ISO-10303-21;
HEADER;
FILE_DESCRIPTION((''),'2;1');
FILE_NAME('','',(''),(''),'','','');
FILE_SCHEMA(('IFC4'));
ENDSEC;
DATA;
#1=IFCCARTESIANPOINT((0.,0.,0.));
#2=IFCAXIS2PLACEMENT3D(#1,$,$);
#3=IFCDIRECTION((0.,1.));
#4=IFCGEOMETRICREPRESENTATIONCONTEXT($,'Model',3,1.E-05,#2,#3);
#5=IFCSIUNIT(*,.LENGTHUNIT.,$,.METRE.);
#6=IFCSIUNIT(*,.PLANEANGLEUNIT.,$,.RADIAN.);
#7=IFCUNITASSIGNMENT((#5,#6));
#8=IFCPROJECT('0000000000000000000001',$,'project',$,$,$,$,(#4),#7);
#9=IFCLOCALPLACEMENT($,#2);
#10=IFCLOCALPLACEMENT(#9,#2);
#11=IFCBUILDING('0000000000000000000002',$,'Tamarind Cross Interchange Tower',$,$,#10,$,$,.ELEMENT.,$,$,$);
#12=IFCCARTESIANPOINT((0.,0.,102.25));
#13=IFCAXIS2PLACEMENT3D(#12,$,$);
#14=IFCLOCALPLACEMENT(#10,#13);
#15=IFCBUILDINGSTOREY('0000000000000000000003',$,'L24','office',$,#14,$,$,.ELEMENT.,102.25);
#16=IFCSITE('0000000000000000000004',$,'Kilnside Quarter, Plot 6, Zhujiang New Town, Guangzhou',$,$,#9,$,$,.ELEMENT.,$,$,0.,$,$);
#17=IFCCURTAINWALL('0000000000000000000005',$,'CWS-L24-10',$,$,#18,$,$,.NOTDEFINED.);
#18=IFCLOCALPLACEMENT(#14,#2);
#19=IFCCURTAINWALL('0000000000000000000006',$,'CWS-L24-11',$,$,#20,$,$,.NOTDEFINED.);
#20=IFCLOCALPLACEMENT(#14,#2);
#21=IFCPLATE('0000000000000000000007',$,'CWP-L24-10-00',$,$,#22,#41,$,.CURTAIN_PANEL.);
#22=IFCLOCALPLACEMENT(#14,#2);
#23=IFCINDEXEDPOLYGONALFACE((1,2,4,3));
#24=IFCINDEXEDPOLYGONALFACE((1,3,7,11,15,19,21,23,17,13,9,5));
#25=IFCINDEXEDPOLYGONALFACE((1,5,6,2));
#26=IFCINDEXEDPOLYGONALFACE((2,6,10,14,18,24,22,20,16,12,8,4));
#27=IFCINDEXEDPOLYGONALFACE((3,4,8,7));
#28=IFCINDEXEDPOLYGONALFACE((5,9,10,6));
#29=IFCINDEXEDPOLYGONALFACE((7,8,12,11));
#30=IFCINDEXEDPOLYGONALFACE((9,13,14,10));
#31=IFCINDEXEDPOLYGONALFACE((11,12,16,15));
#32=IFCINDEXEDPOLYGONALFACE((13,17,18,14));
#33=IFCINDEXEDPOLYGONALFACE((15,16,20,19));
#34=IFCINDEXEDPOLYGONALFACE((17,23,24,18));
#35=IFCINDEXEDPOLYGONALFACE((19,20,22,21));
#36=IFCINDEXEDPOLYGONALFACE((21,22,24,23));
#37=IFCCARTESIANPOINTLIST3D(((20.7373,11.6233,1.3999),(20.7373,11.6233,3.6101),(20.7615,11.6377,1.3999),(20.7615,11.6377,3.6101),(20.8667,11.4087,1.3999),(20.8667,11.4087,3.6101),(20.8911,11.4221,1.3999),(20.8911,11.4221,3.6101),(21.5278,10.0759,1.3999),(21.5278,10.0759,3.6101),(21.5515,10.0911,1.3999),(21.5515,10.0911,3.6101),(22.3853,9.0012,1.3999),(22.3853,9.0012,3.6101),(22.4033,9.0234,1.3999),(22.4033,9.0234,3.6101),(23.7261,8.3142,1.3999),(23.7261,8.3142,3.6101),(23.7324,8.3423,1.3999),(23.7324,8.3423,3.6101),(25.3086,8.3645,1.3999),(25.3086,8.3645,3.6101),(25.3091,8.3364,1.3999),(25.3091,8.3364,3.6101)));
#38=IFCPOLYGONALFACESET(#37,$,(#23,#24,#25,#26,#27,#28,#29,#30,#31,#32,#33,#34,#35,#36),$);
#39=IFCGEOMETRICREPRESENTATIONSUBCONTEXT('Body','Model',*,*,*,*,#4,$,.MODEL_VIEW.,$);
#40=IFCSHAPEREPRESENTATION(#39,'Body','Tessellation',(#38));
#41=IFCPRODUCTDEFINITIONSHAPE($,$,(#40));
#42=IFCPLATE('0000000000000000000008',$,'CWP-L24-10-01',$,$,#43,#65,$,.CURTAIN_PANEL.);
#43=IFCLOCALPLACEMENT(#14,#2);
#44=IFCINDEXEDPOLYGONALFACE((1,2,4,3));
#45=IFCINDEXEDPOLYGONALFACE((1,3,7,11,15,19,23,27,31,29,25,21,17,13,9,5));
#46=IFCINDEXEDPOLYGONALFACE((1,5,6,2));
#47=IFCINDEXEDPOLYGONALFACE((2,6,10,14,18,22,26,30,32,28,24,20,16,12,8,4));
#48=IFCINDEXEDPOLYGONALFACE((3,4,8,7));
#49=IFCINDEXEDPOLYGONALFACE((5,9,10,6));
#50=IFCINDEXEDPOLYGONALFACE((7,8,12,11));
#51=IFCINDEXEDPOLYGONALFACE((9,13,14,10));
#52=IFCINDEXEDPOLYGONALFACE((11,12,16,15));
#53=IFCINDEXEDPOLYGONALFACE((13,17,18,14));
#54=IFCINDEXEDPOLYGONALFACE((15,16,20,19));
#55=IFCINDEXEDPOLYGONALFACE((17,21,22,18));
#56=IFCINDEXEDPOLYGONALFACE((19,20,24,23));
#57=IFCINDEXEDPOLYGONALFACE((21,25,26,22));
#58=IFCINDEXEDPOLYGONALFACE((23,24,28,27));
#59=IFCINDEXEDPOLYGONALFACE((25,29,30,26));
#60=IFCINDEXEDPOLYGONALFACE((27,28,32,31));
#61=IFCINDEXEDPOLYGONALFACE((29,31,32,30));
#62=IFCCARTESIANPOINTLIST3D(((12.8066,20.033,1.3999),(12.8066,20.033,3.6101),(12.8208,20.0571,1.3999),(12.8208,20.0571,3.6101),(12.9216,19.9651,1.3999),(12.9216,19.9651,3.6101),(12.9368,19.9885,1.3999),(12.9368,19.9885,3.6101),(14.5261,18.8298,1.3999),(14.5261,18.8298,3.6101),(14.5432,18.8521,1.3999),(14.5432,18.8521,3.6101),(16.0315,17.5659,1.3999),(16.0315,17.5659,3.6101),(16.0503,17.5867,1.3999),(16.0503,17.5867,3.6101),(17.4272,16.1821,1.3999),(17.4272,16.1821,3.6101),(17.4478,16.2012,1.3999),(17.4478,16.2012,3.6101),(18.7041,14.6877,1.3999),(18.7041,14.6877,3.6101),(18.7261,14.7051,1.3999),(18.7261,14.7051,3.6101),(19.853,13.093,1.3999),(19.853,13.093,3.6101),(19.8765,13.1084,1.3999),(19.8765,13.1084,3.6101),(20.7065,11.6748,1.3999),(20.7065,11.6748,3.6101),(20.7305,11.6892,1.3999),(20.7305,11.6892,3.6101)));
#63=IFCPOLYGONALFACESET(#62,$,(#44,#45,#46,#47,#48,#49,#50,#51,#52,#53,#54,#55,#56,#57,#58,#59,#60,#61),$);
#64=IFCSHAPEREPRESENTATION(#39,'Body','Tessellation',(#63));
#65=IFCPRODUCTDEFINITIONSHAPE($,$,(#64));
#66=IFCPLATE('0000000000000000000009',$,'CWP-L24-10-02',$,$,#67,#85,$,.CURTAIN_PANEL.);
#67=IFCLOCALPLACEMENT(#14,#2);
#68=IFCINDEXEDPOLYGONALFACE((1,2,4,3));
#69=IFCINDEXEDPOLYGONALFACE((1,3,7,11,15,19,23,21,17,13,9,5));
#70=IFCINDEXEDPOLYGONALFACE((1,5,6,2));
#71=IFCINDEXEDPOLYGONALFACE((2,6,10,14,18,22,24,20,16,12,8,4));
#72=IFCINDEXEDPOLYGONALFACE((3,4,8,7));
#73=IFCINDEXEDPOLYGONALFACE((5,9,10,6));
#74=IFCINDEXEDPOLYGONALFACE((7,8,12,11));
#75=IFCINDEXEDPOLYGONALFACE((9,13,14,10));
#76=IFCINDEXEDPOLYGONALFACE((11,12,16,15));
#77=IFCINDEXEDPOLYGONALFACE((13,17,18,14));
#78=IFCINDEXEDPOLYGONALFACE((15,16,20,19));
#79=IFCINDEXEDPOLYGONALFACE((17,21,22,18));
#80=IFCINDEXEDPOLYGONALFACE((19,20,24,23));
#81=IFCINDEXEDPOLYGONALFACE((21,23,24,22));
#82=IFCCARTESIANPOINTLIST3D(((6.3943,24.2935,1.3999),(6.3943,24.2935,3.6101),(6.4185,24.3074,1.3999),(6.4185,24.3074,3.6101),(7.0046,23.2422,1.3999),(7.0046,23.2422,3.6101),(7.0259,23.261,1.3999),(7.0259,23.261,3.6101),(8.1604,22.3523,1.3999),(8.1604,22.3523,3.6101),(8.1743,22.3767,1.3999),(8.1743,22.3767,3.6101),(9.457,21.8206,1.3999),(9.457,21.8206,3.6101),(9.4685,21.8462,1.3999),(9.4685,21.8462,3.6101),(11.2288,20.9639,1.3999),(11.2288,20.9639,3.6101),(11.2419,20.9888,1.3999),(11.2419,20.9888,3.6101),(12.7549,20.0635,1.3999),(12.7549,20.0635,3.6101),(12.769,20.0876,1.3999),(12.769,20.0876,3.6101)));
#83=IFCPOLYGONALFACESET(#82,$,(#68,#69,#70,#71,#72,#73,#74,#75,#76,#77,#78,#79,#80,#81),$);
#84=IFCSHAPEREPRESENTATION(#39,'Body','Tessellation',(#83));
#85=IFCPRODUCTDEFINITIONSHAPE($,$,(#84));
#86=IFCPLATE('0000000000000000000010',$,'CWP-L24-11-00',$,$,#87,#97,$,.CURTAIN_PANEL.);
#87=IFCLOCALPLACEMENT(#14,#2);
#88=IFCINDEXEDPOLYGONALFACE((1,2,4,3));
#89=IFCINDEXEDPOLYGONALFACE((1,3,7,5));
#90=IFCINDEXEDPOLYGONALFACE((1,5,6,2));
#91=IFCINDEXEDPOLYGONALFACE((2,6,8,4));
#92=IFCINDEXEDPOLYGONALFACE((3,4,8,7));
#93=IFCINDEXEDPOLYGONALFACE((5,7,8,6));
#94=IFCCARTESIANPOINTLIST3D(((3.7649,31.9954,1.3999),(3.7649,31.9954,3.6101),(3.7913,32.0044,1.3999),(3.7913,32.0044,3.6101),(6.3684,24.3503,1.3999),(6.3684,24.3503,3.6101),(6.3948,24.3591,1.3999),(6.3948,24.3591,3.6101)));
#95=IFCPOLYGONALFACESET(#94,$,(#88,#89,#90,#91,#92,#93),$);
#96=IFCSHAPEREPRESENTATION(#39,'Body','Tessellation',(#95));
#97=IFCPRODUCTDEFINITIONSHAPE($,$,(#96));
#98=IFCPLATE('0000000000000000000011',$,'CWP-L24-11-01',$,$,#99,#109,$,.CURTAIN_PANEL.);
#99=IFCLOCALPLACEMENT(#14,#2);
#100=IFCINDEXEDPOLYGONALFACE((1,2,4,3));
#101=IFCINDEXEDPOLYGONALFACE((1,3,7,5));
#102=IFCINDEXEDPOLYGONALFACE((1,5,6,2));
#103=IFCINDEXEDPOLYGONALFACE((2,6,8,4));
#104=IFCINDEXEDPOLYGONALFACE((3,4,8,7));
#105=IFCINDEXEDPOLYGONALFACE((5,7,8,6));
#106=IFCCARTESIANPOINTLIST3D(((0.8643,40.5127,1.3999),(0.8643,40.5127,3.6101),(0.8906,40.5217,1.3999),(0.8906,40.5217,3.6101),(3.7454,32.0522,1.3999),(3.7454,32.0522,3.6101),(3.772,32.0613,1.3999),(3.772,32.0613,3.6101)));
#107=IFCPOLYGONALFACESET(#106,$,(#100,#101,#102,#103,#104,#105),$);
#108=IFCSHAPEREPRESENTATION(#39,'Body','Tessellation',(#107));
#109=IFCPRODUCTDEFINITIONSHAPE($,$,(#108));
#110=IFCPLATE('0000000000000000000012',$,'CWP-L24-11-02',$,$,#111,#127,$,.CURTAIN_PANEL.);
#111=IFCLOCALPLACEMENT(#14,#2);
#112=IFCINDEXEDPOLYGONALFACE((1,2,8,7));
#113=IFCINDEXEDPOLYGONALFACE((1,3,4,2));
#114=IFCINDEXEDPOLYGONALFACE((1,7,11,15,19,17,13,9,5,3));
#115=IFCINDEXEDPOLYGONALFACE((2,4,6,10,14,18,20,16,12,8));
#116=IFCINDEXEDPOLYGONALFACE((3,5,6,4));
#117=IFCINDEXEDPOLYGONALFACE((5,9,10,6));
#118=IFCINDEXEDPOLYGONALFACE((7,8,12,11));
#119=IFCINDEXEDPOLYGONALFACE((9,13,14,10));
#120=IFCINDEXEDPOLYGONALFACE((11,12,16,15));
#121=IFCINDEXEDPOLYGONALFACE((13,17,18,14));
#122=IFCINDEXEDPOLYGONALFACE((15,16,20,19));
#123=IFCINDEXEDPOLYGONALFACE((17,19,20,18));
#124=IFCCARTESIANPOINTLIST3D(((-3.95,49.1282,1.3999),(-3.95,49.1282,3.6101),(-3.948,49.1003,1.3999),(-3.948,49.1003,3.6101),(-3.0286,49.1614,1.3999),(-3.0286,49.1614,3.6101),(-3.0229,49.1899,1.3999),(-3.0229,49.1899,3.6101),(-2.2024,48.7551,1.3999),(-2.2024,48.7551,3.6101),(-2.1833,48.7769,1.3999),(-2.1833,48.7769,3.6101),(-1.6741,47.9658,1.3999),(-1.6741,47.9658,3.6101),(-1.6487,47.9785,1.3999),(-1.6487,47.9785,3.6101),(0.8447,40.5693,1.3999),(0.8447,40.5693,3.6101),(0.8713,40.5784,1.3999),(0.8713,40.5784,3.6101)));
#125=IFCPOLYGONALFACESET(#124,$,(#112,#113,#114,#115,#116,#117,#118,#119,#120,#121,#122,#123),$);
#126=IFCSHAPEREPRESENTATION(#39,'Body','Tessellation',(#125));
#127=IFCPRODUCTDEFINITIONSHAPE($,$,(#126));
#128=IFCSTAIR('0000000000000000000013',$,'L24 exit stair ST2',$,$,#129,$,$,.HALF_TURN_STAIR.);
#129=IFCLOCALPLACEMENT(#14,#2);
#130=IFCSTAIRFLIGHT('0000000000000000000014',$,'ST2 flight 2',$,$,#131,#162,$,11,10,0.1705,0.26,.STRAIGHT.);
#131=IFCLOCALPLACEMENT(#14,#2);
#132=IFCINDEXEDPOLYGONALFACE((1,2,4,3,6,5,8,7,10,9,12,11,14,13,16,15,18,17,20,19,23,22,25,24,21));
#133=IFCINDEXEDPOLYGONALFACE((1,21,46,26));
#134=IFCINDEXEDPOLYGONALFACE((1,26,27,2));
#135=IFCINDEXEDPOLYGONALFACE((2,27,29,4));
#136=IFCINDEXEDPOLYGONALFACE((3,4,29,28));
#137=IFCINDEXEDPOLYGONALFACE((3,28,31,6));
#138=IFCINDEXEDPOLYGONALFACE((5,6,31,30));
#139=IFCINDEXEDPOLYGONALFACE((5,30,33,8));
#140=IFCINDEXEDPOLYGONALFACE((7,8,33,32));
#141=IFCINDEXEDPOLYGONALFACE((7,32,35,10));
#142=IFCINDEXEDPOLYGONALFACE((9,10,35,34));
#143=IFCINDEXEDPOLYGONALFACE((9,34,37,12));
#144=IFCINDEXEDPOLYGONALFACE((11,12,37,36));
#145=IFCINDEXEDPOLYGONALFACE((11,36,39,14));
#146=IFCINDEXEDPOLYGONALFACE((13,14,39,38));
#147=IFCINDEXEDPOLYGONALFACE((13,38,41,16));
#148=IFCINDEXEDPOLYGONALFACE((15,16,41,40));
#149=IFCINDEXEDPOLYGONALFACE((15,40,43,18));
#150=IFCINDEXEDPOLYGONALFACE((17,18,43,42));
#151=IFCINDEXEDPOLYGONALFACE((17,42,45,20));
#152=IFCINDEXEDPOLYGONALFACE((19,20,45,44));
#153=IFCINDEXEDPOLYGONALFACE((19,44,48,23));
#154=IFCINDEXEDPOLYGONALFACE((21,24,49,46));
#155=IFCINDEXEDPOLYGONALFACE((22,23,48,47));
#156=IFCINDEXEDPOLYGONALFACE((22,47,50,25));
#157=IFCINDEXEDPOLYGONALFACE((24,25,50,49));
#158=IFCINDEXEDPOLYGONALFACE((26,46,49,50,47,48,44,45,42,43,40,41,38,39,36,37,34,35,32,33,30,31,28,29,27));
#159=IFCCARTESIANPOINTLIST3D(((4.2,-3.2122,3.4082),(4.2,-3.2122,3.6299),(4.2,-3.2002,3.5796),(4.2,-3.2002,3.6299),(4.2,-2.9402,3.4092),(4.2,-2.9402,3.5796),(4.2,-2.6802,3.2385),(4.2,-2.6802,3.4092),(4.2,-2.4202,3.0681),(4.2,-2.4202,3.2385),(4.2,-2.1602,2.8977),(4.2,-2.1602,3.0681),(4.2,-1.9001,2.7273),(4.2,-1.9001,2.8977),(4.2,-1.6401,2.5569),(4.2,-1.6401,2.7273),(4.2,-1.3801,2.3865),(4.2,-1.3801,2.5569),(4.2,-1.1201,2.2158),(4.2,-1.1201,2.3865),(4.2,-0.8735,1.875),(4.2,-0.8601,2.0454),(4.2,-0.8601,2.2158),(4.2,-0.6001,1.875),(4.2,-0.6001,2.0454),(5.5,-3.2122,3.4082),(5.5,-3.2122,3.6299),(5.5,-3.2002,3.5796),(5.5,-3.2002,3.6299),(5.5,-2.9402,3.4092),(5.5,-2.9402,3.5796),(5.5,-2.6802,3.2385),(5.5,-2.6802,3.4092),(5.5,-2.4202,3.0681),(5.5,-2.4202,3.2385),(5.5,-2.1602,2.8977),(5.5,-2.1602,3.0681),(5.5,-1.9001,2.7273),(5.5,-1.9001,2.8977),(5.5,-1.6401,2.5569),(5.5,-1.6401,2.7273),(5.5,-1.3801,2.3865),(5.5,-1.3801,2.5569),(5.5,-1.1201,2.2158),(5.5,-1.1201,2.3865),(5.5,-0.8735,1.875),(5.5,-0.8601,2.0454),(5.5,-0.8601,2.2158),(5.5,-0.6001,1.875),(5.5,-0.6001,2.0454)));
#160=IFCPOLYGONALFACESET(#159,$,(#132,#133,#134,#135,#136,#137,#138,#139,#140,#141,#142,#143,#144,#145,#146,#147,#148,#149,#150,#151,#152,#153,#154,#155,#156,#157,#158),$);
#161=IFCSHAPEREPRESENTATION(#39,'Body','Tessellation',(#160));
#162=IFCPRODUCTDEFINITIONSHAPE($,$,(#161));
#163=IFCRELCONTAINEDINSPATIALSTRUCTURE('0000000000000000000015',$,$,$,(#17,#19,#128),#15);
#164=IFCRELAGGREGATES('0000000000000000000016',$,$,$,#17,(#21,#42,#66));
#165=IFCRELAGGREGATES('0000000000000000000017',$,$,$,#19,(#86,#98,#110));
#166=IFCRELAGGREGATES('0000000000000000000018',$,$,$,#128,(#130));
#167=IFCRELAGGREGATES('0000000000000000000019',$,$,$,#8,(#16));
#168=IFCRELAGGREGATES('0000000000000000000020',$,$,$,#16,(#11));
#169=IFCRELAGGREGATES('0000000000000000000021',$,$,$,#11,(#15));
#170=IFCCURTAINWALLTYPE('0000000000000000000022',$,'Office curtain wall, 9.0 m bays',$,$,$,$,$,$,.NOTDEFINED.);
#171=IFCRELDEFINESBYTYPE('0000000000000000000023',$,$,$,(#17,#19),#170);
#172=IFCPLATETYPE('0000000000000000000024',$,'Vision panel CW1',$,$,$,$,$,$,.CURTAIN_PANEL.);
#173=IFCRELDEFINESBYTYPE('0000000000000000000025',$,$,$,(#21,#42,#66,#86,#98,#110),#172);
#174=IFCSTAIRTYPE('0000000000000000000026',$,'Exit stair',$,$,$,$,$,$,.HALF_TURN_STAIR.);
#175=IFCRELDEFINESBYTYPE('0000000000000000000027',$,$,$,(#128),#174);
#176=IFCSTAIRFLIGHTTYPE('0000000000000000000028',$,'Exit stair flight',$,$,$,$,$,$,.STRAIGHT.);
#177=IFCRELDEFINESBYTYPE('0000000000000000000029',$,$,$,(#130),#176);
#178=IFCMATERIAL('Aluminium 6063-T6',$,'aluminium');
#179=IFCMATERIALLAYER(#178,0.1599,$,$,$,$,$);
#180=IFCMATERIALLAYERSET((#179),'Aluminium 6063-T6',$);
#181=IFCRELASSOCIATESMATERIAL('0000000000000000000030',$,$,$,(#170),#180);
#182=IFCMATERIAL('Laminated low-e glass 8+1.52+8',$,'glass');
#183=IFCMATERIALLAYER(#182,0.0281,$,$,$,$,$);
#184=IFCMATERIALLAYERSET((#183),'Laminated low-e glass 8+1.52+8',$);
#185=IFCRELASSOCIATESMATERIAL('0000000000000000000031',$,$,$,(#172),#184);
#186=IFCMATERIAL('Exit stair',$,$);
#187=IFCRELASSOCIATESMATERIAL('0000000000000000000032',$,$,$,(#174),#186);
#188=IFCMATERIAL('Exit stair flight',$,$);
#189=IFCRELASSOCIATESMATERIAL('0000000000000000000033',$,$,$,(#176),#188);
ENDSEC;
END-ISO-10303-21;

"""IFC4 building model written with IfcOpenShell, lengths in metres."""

from ifc_helpers import new_model, si_unit, direction, frame, origin, place, context, subcontext, project, spatial, polyline, outline, extrude, material, layer, layer_set, type_object, element, aggregate, save


model = new_model("IFC4")

# Units and contexts
model_context = context("Model", 3, precision=1e-05, world=origin(), true_north=direction((0.0, 1.0)))
body_context = subcontext(model_context, "Body", "Model", "MODEL_VIEW")
ifc_project = project(units=[si_unit("LENGTHUNIT", "METRE"), si_unit("PLANEANGLEUNIT", "RADIAN")], contexts=[model_context])

# Site, building, storey
site_placement = place(None, origin())
site = spatial("IfcSite", under=ifc_project, at=site_placement, Name="Kilnside Quarter, Plot 6, Zhujiang New Town, Guangzhou", CompositionType="ELEMENT", RefElevation=0.0)
building_placement = place(site_placement, origin())
building = spatial("IfcBuilding", under=site, at=building_placement, Name="Tamarind Cross Interchange Tower", CompositionType="ELEMENT")
storey_placement = place(building_placement, frame((0.0, 0.0, 102.25)))
storey = spatial("IfcBuildingStorey", under=building, at=storey_placement, Name="L24", Description="office", CompositionType="ELEMENT", Elevation=102.25)

# Curtain walls
ifc_material_1 = material(Name="Aluminium 6063-T6", Category="aluminium")
ifc_layer_1 = layer(ifc_material_1, 0.1599)
ifc_layer_set_1 = layer_set([ifc_layer_1], Name="Aluminium 6063-T6")
curtain_wall_type = type_object("IfcCurtainWallType", Name="Office curtain wall, 9.0 m bays", PredefinedType="NOTDEFINED", material=ifc_layer_set_1)
curtain_wall_1_placement = place(storey_placement, origin())
curtain_wall_1 = element("IfcCurtainWall", 1, at=curtain_wall_1_placement, inside=storey, type_object=curtain_wall_type, Name="CWS-L24-10", PredefinedType="NOTDEFINED")
curtain_wall_2_placement = place(storey_placement, origin())
curtain_wall_2 = element("IfcCurtainWall", 2, at=curtain_wall_2_placement, inside=storey, type_object=curtain_wall_type, Name="CWS-L24-11", PredefinedType="NOTDEFINED")

# Plates
ifc_material_2 = material(Name="Laminated low-e glass 8+1.52+8", Category="glass")
ifc_layer_2 = layer(ifc_material_2, 0.0281)
ifc_layer_set_2 = layer_set([ifc_layer_2], Name="Laminated low-e glass 8+1.52+8")
plate_type = type_object("IfcPlateType", Name="Vision panel CW1", PredefinedType="CURTAIN_PANEL", material=ifc_layer_set_2)
plate_1_placement = place(storey_placement, frame((0.0, 0.0, 1.3999)))
plate_1 = element("IfcPlate", 3, at=plate_1_placement, type_object=plate_type, Name="CWP-L24-10-00", PredefinedType="CURTAIN_PANEL", context=body_context, shape_type="SweptSolid", body=[
    extrude(outline(polyline([(25.3091, 8.3364), (23.7261, 8.3142), (22.3853, 9.0012), (21.5278, 10.0759), (20.8667, 11.4087), (20.7373, 11.6233), (20.7615, 11.6377), (20.8911, 11.4221), (21.5515, 10.0911), (22.4033, 9.0234), (23.7324, 8.3423), (25.3086, 8.3645), (25.3091, 8.3364)])), origin(), (0.0, 0.0, 1.0), 2.2102),
])
plate_2_placement = place(storey_placement, frame((0.0, 0.0, 1.3999)))
plate_2 = element("IfcPlate", 4, at=plate_2_placement, type_object=plate_type, Name="CWP-L24-10-01", PredefinedType="CURTAIN_PANEL", context=body_context, shape_type="SweptSolid", body=[
    extrude(outline(polyline([(20.7065, 11.6748), (19.853, 13.093), (18.7041, 14.6877), (17.4272, 16.1821), (16.0315, 17.5659), (14.5261, 18.8298), (12.9216, 19.9651), (12.8066, 20.033), (12.8208, 20.0571), (12.9368, 19.9885), (14.5432, 18.8521), (16.0503, 17.5867), (17.4478, 16.2012), (18.7261, 14.7051), (19.8765, 13.1084), (20.7305, 11.6892), (20.7065, 11.6748)])), origin(), (0.0, 0.0, 1.0), 2.2102),
])
plate_3_placement = place(storey_placement, frame((0.0, 0.0, 1.3999)))
plate_3 = element("IfcPlate", 5, at=plate_3_placement, type_object=plate_type, Name="CWP-L24-10-02", PredefinedType="CURTAIN_PANEL", context=body_context, shape_type="SweptSolid", body=[
    extrude(outline(polyline([(12.7549, 20.0635), (11.2288, 20.9639), (9.457, 21.8206), (8.1604, 22.3523), (7.0046, 23.2422), (6.3943, 24.2935), (6.4185, 24.3074), (7.0259, 23.261), (8.1743, 22.3767), (9.4685, 21.8462), (11.2419, 20.9888), (12.769, 20.0876), (12.7549, 20.0635)])), origin(), (0.0, 0.0, 1.0), 2.2102),
])
aggregate(curtain_wall_1, [plate_1, plate_2, plate_3])
plate_4_placement = place(storey_placement, frame((0.0, 0.0, 1.3999)))
plate_4 = element("IfcPlate", 6, at=plate_4_placement, type_object=plate_type, Name="CWP-L24-11-00", PredefinedType="CURTAIN_PANEL", context=body_context, shape_type="SweptSolid", body=[
    extrude(outline(polyline([(6.3684, 24.3503), (3.7649, 31.9954), (3.7913, 32.0044), (6.3948, 24.3591), (6.3684, 24.3503)])), origin(), (0.0, 0.0, 1.0), 2.2102),
])
plate_5_placement = place(storey_placement, frame((0.0, 0.0, 1.3999)))
plate_5 = element("IfcPlate", 7, at=plate_5_placement, type_object=plate_type, Name="CWP-L24-11-01", PredefinedType="CURTAIN_PANEL", context=body_context, shape_type="SweptSolid", body=[
    extrude(outline(polyline([(3.7454, 32.0522), (0.8643, 40.5127), (0.8906, 40.5217), (3.772, 32.0613), (3.7454, 32.0522)])), origin(), (0.0, 0.0, 1.0), 2.2102),
])
plate_6_placement = place(storey_placement, frame((0.0, 0.0, 1.3999)))
plate_6 = element("IfcPlate", 8, at=plate_6_placement, type_object=plate_type, Name="CWP-L24-11-02", PredefinedType="CURTAIN_PANEL", context=body_context, shape_type="SweptSolid", body=[
    extrude(outline(polyline([(0.8447, 40.5693), (-1.6741, 47.9658), (-2.2024, 48.7551), (-3.0286, 49.1614), (-3.948, 49.1003), (-3.95, 49.1282), (-3.0229, 49.1899), (-2.1833, 48.7769), (-1.6487, 47.9785), (0.8713, 40.5784), (0.8447, 40.5693)])), origin(), (0.0, 0.0, 1.0), 2.2102),
])
aggregate(curtain_wall_2, [plate_4, plate_5, plate_6])

# Stair, stair flight
ifc_material_3 = material(Name="Exit stair")
stair_type = type_object("IfcStairType", Name="Exit stair", PredefinedType="HALF_TURN_STAIR", material=ifc_material_3)
stair_placement = place(storey_placement, origin())
stair = element("IfcStair", 9, at=stair_placement, inside=storey, type_object=stair_type, Name="L24 exit stair ST2", PredefinedType="HALF_TURN_STAIR")
ifc_material_4 = material(Name="Exit stair flight")
stair_flight_type = type_object("IfcStairFlightType", Name="Exit stair flight", PredefinedType="STRAIGHT", material=ifc_material_4)
stair_flight_placement = place(storey_placement, frame((4.8501, -0.6001, 1.875), z_axis=(0.0, 0.0, 1.0), x_axis=(0.0, -1.0, 0.0)))
stair_flight = element("IfcStairFlight", 10, at=stair_flight_placement, type_object=stair_flight_type, Name="ST2 flight 2", NumberOfRisers=11, NumberOfTreads=10, PredefinedType="STRAIGHT", RiserHeight=0.1705, TreadLength=0.26, context=body_context, shape_type="SweptSolid", body=[
    extrude(outline(polyline([(0.0, 0.0), (0.0, 0.1704), (0.26, 0.1704), (0.26, 0.3408), (0.52, 0.3408), (0.52, 0.5115), (0.78, 0.5115), (0.78, 0.6819), (1.04, 0.6819), (1.04, 0.8523), (1.3, 0.8523), (1.3, 1.0227), (1.5601, 1.0227), (1.5601, 1.1931), (1.8201, 1.1931), (1.8201, 1.3635), (2.0801, 1.3635), (2.0801, 1.5342), (2.3401, 1.5342), (2.3401, 1.7046), (2.6001, 1.7046), (2.6001, 1.7549), (2.6121, 1.7549), (2.6121, 1.5332), (0.2734, 0.0), (0.0, 0.0)])), frame((0.0, 0.6499, 0.0), z_axis=(0.0, -1.0, 0.0), x_axis=(1.0, 0.0, 0.0)), (0.0, 0.0, 1.0), 1.3),
])
aggregate(stair, [stair_flight])

save(model, "model.ifc")
